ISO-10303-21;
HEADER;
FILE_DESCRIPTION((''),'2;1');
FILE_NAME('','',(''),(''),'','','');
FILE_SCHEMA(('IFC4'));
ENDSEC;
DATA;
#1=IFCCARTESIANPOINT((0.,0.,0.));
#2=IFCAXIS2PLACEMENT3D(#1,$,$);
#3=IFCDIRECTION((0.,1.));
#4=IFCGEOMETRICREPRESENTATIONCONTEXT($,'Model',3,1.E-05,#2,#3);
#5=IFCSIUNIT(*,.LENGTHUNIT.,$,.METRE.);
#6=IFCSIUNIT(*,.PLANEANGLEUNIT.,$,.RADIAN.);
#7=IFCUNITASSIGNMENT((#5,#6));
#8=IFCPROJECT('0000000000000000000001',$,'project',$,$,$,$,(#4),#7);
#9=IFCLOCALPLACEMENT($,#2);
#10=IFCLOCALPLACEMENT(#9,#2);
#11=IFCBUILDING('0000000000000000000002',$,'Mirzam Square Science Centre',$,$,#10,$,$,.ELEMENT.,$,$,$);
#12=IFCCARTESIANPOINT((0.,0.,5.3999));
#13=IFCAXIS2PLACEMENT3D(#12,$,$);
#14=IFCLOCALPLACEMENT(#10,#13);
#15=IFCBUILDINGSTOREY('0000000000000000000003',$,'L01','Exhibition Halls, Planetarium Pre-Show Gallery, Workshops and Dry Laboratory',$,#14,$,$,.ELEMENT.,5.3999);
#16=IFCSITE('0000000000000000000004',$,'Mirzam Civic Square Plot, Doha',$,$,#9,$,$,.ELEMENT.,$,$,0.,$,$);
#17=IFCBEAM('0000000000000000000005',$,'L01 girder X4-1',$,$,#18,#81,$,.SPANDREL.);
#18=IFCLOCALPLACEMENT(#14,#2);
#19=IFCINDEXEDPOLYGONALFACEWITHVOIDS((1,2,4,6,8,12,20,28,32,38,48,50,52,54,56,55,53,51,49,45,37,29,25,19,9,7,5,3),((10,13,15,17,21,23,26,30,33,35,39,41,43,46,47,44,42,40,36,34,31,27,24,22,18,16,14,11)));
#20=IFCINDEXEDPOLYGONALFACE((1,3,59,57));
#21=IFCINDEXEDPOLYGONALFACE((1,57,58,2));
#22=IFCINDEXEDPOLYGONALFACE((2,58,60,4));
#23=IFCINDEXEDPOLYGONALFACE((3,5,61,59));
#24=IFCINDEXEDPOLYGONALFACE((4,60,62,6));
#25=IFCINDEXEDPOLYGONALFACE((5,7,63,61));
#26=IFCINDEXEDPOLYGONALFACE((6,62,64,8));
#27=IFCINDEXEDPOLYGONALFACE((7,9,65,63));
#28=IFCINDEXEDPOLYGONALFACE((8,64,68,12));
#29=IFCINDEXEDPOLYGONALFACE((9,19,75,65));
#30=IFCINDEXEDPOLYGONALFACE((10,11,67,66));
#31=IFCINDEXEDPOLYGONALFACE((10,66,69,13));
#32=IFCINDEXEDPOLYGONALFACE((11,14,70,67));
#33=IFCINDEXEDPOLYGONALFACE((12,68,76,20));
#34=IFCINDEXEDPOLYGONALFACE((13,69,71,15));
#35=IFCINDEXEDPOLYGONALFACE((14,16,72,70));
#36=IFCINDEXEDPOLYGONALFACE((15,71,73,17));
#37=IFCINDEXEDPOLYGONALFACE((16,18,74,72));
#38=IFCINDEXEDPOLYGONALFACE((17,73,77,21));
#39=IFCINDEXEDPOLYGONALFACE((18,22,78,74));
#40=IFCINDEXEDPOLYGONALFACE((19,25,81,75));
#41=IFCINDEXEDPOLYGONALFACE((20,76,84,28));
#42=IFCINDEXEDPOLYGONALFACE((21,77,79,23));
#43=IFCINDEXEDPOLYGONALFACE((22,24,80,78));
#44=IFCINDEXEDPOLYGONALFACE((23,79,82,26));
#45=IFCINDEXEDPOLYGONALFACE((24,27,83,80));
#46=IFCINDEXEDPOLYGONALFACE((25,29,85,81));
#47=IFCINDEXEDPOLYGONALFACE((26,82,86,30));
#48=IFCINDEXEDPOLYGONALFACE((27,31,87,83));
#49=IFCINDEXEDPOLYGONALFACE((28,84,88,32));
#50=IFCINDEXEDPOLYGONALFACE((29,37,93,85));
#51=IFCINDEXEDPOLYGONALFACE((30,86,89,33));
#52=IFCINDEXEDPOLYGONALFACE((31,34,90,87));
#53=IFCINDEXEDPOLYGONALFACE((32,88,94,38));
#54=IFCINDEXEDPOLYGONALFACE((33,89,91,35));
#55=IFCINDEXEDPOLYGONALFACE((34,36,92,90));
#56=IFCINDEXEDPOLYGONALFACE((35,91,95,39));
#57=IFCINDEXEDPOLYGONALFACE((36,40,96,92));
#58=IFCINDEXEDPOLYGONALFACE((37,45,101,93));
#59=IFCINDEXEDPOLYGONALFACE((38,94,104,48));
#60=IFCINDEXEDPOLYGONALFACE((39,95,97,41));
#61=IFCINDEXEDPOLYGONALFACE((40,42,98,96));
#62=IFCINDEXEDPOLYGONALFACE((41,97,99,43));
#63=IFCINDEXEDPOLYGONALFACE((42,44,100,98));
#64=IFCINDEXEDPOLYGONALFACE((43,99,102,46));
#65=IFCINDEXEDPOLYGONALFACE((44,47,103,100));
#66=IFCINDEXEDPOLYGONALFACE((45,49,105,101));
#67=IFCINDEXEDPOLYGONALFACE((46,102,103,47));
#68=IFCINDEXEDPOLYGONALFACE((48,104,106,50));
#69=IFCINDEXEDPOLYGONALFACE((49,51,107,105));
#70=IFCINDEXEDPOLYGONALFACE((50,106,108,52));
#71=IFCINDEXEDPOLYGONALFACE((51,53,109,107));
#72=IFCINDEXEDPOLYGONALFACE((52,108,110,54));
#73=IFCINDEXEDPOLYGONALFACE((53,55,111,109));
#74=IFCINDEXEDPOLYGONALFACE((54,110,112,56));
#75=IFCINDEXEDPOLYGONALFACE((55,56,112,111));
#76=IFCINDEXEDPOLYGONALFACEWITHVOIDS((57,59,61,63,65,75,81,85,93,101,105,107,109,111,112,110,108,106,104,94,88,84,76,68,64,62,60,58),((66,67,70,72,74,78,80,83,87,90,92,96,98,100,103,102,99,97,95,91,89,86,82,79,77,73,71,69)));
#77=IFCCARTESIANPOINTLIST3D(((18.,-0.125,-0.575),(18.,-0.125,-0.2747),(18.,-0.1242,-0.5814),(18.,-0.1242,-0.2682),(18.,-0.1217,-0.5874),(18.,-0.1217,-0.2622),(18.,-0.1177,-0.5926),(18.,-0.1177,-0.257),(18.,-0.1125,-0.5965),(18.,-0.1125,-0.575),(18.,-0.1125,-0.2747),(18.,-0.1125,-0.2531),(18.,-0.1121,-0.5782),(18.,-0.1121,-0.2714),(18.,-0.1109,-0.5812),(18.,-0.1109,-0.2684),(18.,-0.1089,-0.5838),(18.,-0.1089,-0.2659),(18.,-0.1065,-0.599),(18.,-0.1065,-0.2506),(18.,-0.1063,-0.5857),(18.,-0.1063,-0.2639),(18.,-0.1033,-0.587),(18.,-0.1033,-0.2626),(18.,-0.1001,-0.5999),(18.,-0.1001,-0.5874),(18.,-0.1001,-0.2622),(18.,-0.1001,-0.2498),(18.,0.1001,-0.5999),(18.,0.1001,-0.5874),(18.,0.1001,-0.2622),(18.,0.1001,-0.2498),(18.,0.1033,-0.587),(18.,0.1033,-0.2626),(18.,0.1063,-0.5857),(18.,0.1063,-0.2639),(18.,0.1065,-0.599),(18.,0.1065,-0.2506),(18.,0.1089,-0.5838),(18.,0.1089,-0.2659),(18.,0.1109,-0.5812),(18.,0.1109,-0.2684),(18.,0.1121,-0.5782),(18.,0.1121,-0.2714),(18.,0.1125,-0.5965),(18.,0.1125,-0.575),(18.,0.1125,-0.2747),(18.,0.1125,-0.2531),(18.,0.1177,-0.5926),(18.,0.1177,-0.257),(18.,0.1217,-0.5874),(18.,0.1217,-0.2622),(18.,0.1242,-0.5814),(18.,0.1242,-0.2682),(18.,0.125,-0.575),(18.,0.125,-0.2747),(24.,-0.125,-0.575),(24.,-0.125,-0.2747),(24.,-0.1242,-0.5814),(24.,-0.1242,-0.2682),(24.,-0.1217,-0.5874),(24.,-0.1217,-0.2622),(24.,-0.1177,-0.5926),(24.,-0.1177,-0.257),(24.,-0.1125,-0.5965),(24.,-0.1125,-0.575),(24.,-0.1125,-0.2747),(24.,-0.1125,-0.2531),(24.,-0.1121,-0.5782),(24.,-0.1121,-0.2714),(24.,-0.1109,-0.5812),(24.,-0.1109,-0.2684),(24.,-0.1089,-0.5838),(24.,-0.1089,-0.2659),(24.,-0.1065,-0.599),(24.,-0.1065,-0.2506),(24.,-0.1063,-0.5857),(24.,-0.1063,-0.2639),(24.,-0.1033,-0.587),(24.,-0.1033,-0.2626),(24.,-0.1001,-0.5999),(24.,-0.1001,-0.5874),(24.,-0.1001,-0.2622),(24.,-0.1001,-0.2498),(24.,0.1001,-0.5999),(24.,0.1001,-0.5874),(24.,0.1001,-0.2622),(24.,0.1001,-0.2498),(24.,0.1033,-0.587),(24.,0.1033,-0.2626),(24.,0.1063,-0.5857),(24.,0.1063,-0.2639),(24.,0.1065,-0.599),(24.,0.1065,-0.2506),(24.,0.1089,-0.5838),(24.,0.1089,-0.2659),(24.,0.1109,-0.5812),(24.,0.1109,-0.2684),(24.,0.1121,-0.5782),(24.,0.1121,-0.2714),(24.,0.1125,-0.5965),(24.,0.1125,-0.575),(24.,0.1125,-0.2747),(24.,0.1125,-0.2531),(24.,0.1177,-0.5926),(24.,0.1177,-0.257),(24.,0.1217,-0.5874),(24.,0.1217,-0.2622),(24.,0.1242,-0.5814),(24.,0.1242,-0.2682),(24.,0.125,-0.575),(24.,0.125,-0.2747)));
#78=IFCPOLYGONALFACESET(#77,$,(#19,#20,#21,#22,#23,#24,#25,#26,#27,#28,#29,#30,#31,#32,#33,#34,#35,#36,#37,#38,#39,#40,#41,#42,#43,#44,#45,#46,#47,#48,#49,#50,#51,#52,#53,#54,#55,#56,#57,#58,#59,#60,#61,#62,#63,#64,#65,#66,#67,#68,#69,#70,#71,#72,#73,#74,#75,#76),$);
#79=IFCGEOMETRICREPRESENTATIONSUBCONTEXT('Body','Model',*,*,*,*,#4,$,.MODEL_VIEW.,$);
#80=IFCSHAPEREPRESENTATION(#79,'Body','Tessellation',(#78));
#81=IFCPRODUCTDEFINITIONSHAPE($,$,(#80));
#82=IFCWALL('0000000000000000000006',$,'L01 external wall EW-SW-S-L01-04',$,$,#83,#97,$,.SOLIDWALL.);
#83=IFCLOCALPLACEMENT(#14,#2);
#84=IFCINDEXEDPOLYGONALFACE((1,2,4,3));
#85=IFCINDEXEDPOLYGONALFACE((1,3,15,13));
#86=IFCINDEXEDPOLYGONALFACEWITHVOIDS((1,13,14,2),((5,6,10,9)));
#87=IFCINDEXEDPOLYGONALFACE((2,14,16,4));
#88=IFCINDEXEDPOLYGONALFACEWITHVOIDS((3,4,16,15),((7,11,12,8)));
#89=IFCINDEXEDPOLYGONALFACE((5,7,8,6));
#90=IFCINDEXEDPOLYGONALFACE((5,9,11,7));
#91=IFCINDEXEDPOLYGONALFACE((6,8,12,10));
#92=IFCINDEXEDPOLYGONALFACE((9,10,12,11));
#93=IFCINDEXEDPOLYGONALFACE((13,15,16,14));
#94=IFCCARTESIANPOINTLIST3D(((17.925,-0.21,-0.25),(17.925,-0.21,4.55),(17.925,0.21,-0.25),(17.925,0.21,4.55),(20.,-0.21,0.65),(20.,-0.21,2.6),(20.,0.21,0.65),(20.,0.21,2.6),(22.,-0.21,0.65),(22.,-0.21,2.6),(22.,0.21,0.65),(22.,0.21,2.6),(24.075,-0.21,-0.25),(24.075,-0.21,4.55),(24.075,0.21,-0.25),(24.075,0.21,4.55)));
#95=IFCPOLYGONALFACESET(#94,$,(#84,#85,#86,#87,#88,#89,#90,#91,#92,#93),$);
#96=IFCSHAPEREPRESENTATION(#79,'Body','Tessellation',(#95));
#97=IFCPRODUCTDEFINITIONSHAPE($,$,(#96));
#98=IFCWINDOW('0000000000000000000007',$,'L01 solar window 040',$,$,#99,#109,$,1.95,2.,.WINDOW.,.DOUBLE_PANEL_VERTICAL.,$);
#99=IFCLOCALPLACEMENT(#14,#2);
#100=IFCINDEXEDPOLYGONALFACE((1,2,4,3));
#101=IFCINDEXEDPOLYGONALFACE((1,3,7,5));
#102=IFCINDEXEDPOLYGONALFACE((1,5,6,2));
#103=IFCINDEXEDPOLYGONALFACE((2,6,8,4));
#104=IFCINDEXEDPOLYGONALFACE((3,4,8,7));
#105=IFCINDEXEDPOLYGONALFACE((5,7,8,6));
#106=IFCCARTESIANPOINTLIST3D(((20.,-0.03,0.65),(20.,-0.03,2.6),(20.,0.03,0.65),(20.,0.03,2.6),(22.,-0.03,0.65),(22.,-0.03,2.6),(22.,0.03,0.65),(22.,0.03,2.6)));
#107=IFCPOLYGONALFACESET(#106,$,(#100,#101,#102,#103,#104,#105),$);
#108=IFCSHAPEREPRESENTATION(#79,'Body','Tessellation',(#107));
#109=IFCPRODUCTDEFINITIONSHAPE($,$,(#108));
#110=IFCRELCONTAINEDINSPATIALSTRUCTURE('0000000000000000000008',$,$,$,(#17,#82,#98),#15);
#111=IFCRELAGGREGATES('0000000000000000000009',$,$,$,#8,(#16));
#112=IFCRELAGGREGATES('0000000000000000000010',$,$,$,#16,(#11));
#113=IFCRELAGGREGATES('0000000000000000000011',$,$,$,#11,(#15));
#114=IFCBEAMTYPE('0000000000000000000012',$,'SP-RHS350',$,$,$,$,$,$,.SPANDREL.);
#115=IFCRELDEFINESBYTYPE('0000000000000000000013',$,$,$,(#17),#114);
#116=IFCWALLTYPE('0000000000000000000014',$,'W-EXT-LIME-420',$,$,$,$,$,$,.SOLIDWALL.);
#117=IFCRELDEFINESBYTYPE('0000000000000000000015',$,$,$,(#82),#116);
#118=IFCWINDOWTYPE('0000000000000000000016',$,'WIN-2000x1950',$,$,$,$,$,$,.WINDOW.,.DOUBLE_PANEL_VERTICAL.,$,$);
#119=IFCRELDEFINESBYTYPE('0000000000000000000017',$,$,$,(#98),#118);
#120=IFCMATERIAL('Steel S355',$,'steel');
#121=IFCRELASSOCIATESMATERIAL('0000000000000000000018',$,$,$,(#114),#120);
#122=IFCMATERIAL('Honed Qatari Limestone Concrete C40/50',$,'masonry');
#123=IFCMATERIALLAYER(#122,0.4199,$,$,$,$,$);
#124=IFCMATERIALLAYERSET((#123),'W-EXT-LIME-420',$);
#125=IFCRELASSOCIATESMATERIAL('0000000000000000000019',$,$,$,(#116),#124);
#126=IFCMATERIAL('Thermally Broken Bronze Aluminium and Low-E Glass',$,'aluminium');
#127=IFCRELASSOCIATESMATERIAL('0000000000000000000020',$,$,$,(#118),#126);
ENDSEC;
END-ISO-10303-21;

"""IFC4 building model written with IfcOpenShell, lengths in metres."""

from ifc_helpers import new_model, si_unit, direction, frame, frame_2d, origin, origin_2d, place, context, subcontext, project, spatial, rectangle, hollow_rectangle, extrude, material, layer, layer_set, material_profile, profile_set, type_object, element, fill, save


model = new_model("IFC4")

# Units and contexts
model_context = context("Model", 3, precision=1e-05, world=origin(), true_north=direction((0.0, 1.0)))
body_context = subcontext(model_context, "Body", "Model", "MODEL_VIEW")
ifc_project = project(units=[si_unit("LENGTHUNIT", "METRE"), si_unit("PLANEANGLEUNIT", "RADIAN")], contexts=[model_context])

# Site, building, storey
site_placement = place(None, origin())
site = spatial("IfcSite", under=ifc_project, at=site_placement, Name="Mirzam Civic Square Plot, Doha", CompositionType="ELEMENT", RefElevation=0.0)
building_placement = place(site_placement, origin())
building = spatial("IfcBuilding", under=site, at=building_placement, Name="Mirzam Square Science Centre", CompositionType="ELEMENT")
storey_placement = place(building_placement, frame((0.0, 0.0, 5.3999)))
storey = spatial("IfcBuildingStorey", under=building, at=storey_placement, Name="L01", Description="Exhibition Halls, Planetarium Pre-Show Gallery, Workshops and Dry Laboratory", CompositionType="ELEMENT", Elevation=5.3999)

# Shared definitions
ifc_material_1 = material(Name="Steel S355", Category="steel")

# Beam
ifc_material_profile_1 = material_profile(ifc_material_1, hollow_rectangle(XDim=0.25, YDim=0.3501, WallThickness=0.0125, InnerFilletRadius=0.0125, OuterFilletRadius=0.0249, at=origin_2d()), Name="350x250x12.5RHS")
ifc_profile_set_1 = profile_set([ifc_material_profile_1], Name="Steel S355")
beam_type_1 = type_object("IfcBeamType", Name="SP-RHS350", PredefinedType="SPANDREL", material=ifc_profile_set_1)
beam_1_placement = place(storey_placement, frame((18.0, 0.0, -0.4248), z_axis=(1.0, 0.0, 0.0), x_axis=(0.0, 1.0, 0.0)))
element("IfcBeam", 1, at=beam_1_placement, inside=storey, type_object=beam_type_1, Name="L01 girder X4-1", PredefinedType="SPANDREL", context=body_context, shape_type="SweptSolid", body=[
    extrude(hollow_rectangle(XDim=0.25, YDim=0.3501, WallThickness=0.0125, InnerFilletRadius=0.0125, OuterFilletRadius=0.0249, at=origin_2d()), origin(), (0.0, 0.0, 1.0), 6.0),
])

# Wall, opening, window
ifc_material_2 = material(Name="Honed Qatari Limestone Concrete C40/50", Category="masonry")
ifc_layer = layer(ifc_material_2, 0.4199)
ifc_layer_set = layer_set([ifc_layer], Name="W-EXT-LIME-420")
wall_type = type_object("IfcWallType", Name="W-EXT-LIME-420", PredefinedType="SOLIDWALL", material=ifc_layer_set)
wall_placement = place(storey_placement, frame((17.925, 0.0, -0.25), z_axis=(0.0, 0.0, 1.0), x_axis=(1.0, 0.0, 0.0)))
wall = element("IfcWall", 2, at=wall_placement, inside=storey, type_object=wall_type, Name="L01 external wall EW-SW-S-L01-04", PredefinedType="SOLIDWALL", context=body_context, shape_type="SweptSolid", body=[
    extrude(rectangle(XDim=6.1499, YDim=0.4199, at=frame_2d((3.075, 0.0))), origin(), (0.0, 0.0, 1.0), 4.8),
])
opening_placement = place(wall_placement, frame((2.075, 0.0, 0.8999)))
opening = element("IfcOpeningElement", 3, at=opening_placement, cuts=wall, PredefinedType="OPENING", context=body_context, shape_type="SweptSolid", body=[
    extrude(rectangle(XDim=2.0, YDim=1.95, at=frame_2d((1.0, 0.9751))), frame((0.0, 0.22, 0.0), z_axis=(0.0, -1.0, 0.0), x_axis=(1.0, 0.0, 0.0)), (0.0, 0.0, 1.0), 0.4399),
])
ifc_material_3 = material(Name="Thermally Broken Bronze Aluminium and Low-E Glass", Category="aluminium")
window_type = type_object("IfcWindowType", Name="WIN-2000x1950", PartitioningType="DOUBLE_PANEL_VERTICAL", PredefinedType="WINDOW", material=ifc_material_3)
window_placement = place(opening_placement, origin())
window = element("IfcWindow", 4, at=window_placement, inside=storey, type_object=window_type, Name="L01 solar window 040", OverallHeight=1.95, OverallWidth=2.0, PartitioningType="DOUBLE_PANEL_VERTICAL", PredefinedType="WINDOW", context=body_context, shape_type="SweptSolid", body=[
    extrude(rectangle(XDim=2.0, YDim=1.95, at=frame_2d((1.0, 0.9751))), frame((0.0, 0.03, 0.0), z_axis=(0.0, -1.0, 0.0), x_axis=(1.0, 0.0, 0.0)), (0.0, 0.0, 1.0), 0.0601),
])
fill(opening, window)

save(model, "model.ifc")
